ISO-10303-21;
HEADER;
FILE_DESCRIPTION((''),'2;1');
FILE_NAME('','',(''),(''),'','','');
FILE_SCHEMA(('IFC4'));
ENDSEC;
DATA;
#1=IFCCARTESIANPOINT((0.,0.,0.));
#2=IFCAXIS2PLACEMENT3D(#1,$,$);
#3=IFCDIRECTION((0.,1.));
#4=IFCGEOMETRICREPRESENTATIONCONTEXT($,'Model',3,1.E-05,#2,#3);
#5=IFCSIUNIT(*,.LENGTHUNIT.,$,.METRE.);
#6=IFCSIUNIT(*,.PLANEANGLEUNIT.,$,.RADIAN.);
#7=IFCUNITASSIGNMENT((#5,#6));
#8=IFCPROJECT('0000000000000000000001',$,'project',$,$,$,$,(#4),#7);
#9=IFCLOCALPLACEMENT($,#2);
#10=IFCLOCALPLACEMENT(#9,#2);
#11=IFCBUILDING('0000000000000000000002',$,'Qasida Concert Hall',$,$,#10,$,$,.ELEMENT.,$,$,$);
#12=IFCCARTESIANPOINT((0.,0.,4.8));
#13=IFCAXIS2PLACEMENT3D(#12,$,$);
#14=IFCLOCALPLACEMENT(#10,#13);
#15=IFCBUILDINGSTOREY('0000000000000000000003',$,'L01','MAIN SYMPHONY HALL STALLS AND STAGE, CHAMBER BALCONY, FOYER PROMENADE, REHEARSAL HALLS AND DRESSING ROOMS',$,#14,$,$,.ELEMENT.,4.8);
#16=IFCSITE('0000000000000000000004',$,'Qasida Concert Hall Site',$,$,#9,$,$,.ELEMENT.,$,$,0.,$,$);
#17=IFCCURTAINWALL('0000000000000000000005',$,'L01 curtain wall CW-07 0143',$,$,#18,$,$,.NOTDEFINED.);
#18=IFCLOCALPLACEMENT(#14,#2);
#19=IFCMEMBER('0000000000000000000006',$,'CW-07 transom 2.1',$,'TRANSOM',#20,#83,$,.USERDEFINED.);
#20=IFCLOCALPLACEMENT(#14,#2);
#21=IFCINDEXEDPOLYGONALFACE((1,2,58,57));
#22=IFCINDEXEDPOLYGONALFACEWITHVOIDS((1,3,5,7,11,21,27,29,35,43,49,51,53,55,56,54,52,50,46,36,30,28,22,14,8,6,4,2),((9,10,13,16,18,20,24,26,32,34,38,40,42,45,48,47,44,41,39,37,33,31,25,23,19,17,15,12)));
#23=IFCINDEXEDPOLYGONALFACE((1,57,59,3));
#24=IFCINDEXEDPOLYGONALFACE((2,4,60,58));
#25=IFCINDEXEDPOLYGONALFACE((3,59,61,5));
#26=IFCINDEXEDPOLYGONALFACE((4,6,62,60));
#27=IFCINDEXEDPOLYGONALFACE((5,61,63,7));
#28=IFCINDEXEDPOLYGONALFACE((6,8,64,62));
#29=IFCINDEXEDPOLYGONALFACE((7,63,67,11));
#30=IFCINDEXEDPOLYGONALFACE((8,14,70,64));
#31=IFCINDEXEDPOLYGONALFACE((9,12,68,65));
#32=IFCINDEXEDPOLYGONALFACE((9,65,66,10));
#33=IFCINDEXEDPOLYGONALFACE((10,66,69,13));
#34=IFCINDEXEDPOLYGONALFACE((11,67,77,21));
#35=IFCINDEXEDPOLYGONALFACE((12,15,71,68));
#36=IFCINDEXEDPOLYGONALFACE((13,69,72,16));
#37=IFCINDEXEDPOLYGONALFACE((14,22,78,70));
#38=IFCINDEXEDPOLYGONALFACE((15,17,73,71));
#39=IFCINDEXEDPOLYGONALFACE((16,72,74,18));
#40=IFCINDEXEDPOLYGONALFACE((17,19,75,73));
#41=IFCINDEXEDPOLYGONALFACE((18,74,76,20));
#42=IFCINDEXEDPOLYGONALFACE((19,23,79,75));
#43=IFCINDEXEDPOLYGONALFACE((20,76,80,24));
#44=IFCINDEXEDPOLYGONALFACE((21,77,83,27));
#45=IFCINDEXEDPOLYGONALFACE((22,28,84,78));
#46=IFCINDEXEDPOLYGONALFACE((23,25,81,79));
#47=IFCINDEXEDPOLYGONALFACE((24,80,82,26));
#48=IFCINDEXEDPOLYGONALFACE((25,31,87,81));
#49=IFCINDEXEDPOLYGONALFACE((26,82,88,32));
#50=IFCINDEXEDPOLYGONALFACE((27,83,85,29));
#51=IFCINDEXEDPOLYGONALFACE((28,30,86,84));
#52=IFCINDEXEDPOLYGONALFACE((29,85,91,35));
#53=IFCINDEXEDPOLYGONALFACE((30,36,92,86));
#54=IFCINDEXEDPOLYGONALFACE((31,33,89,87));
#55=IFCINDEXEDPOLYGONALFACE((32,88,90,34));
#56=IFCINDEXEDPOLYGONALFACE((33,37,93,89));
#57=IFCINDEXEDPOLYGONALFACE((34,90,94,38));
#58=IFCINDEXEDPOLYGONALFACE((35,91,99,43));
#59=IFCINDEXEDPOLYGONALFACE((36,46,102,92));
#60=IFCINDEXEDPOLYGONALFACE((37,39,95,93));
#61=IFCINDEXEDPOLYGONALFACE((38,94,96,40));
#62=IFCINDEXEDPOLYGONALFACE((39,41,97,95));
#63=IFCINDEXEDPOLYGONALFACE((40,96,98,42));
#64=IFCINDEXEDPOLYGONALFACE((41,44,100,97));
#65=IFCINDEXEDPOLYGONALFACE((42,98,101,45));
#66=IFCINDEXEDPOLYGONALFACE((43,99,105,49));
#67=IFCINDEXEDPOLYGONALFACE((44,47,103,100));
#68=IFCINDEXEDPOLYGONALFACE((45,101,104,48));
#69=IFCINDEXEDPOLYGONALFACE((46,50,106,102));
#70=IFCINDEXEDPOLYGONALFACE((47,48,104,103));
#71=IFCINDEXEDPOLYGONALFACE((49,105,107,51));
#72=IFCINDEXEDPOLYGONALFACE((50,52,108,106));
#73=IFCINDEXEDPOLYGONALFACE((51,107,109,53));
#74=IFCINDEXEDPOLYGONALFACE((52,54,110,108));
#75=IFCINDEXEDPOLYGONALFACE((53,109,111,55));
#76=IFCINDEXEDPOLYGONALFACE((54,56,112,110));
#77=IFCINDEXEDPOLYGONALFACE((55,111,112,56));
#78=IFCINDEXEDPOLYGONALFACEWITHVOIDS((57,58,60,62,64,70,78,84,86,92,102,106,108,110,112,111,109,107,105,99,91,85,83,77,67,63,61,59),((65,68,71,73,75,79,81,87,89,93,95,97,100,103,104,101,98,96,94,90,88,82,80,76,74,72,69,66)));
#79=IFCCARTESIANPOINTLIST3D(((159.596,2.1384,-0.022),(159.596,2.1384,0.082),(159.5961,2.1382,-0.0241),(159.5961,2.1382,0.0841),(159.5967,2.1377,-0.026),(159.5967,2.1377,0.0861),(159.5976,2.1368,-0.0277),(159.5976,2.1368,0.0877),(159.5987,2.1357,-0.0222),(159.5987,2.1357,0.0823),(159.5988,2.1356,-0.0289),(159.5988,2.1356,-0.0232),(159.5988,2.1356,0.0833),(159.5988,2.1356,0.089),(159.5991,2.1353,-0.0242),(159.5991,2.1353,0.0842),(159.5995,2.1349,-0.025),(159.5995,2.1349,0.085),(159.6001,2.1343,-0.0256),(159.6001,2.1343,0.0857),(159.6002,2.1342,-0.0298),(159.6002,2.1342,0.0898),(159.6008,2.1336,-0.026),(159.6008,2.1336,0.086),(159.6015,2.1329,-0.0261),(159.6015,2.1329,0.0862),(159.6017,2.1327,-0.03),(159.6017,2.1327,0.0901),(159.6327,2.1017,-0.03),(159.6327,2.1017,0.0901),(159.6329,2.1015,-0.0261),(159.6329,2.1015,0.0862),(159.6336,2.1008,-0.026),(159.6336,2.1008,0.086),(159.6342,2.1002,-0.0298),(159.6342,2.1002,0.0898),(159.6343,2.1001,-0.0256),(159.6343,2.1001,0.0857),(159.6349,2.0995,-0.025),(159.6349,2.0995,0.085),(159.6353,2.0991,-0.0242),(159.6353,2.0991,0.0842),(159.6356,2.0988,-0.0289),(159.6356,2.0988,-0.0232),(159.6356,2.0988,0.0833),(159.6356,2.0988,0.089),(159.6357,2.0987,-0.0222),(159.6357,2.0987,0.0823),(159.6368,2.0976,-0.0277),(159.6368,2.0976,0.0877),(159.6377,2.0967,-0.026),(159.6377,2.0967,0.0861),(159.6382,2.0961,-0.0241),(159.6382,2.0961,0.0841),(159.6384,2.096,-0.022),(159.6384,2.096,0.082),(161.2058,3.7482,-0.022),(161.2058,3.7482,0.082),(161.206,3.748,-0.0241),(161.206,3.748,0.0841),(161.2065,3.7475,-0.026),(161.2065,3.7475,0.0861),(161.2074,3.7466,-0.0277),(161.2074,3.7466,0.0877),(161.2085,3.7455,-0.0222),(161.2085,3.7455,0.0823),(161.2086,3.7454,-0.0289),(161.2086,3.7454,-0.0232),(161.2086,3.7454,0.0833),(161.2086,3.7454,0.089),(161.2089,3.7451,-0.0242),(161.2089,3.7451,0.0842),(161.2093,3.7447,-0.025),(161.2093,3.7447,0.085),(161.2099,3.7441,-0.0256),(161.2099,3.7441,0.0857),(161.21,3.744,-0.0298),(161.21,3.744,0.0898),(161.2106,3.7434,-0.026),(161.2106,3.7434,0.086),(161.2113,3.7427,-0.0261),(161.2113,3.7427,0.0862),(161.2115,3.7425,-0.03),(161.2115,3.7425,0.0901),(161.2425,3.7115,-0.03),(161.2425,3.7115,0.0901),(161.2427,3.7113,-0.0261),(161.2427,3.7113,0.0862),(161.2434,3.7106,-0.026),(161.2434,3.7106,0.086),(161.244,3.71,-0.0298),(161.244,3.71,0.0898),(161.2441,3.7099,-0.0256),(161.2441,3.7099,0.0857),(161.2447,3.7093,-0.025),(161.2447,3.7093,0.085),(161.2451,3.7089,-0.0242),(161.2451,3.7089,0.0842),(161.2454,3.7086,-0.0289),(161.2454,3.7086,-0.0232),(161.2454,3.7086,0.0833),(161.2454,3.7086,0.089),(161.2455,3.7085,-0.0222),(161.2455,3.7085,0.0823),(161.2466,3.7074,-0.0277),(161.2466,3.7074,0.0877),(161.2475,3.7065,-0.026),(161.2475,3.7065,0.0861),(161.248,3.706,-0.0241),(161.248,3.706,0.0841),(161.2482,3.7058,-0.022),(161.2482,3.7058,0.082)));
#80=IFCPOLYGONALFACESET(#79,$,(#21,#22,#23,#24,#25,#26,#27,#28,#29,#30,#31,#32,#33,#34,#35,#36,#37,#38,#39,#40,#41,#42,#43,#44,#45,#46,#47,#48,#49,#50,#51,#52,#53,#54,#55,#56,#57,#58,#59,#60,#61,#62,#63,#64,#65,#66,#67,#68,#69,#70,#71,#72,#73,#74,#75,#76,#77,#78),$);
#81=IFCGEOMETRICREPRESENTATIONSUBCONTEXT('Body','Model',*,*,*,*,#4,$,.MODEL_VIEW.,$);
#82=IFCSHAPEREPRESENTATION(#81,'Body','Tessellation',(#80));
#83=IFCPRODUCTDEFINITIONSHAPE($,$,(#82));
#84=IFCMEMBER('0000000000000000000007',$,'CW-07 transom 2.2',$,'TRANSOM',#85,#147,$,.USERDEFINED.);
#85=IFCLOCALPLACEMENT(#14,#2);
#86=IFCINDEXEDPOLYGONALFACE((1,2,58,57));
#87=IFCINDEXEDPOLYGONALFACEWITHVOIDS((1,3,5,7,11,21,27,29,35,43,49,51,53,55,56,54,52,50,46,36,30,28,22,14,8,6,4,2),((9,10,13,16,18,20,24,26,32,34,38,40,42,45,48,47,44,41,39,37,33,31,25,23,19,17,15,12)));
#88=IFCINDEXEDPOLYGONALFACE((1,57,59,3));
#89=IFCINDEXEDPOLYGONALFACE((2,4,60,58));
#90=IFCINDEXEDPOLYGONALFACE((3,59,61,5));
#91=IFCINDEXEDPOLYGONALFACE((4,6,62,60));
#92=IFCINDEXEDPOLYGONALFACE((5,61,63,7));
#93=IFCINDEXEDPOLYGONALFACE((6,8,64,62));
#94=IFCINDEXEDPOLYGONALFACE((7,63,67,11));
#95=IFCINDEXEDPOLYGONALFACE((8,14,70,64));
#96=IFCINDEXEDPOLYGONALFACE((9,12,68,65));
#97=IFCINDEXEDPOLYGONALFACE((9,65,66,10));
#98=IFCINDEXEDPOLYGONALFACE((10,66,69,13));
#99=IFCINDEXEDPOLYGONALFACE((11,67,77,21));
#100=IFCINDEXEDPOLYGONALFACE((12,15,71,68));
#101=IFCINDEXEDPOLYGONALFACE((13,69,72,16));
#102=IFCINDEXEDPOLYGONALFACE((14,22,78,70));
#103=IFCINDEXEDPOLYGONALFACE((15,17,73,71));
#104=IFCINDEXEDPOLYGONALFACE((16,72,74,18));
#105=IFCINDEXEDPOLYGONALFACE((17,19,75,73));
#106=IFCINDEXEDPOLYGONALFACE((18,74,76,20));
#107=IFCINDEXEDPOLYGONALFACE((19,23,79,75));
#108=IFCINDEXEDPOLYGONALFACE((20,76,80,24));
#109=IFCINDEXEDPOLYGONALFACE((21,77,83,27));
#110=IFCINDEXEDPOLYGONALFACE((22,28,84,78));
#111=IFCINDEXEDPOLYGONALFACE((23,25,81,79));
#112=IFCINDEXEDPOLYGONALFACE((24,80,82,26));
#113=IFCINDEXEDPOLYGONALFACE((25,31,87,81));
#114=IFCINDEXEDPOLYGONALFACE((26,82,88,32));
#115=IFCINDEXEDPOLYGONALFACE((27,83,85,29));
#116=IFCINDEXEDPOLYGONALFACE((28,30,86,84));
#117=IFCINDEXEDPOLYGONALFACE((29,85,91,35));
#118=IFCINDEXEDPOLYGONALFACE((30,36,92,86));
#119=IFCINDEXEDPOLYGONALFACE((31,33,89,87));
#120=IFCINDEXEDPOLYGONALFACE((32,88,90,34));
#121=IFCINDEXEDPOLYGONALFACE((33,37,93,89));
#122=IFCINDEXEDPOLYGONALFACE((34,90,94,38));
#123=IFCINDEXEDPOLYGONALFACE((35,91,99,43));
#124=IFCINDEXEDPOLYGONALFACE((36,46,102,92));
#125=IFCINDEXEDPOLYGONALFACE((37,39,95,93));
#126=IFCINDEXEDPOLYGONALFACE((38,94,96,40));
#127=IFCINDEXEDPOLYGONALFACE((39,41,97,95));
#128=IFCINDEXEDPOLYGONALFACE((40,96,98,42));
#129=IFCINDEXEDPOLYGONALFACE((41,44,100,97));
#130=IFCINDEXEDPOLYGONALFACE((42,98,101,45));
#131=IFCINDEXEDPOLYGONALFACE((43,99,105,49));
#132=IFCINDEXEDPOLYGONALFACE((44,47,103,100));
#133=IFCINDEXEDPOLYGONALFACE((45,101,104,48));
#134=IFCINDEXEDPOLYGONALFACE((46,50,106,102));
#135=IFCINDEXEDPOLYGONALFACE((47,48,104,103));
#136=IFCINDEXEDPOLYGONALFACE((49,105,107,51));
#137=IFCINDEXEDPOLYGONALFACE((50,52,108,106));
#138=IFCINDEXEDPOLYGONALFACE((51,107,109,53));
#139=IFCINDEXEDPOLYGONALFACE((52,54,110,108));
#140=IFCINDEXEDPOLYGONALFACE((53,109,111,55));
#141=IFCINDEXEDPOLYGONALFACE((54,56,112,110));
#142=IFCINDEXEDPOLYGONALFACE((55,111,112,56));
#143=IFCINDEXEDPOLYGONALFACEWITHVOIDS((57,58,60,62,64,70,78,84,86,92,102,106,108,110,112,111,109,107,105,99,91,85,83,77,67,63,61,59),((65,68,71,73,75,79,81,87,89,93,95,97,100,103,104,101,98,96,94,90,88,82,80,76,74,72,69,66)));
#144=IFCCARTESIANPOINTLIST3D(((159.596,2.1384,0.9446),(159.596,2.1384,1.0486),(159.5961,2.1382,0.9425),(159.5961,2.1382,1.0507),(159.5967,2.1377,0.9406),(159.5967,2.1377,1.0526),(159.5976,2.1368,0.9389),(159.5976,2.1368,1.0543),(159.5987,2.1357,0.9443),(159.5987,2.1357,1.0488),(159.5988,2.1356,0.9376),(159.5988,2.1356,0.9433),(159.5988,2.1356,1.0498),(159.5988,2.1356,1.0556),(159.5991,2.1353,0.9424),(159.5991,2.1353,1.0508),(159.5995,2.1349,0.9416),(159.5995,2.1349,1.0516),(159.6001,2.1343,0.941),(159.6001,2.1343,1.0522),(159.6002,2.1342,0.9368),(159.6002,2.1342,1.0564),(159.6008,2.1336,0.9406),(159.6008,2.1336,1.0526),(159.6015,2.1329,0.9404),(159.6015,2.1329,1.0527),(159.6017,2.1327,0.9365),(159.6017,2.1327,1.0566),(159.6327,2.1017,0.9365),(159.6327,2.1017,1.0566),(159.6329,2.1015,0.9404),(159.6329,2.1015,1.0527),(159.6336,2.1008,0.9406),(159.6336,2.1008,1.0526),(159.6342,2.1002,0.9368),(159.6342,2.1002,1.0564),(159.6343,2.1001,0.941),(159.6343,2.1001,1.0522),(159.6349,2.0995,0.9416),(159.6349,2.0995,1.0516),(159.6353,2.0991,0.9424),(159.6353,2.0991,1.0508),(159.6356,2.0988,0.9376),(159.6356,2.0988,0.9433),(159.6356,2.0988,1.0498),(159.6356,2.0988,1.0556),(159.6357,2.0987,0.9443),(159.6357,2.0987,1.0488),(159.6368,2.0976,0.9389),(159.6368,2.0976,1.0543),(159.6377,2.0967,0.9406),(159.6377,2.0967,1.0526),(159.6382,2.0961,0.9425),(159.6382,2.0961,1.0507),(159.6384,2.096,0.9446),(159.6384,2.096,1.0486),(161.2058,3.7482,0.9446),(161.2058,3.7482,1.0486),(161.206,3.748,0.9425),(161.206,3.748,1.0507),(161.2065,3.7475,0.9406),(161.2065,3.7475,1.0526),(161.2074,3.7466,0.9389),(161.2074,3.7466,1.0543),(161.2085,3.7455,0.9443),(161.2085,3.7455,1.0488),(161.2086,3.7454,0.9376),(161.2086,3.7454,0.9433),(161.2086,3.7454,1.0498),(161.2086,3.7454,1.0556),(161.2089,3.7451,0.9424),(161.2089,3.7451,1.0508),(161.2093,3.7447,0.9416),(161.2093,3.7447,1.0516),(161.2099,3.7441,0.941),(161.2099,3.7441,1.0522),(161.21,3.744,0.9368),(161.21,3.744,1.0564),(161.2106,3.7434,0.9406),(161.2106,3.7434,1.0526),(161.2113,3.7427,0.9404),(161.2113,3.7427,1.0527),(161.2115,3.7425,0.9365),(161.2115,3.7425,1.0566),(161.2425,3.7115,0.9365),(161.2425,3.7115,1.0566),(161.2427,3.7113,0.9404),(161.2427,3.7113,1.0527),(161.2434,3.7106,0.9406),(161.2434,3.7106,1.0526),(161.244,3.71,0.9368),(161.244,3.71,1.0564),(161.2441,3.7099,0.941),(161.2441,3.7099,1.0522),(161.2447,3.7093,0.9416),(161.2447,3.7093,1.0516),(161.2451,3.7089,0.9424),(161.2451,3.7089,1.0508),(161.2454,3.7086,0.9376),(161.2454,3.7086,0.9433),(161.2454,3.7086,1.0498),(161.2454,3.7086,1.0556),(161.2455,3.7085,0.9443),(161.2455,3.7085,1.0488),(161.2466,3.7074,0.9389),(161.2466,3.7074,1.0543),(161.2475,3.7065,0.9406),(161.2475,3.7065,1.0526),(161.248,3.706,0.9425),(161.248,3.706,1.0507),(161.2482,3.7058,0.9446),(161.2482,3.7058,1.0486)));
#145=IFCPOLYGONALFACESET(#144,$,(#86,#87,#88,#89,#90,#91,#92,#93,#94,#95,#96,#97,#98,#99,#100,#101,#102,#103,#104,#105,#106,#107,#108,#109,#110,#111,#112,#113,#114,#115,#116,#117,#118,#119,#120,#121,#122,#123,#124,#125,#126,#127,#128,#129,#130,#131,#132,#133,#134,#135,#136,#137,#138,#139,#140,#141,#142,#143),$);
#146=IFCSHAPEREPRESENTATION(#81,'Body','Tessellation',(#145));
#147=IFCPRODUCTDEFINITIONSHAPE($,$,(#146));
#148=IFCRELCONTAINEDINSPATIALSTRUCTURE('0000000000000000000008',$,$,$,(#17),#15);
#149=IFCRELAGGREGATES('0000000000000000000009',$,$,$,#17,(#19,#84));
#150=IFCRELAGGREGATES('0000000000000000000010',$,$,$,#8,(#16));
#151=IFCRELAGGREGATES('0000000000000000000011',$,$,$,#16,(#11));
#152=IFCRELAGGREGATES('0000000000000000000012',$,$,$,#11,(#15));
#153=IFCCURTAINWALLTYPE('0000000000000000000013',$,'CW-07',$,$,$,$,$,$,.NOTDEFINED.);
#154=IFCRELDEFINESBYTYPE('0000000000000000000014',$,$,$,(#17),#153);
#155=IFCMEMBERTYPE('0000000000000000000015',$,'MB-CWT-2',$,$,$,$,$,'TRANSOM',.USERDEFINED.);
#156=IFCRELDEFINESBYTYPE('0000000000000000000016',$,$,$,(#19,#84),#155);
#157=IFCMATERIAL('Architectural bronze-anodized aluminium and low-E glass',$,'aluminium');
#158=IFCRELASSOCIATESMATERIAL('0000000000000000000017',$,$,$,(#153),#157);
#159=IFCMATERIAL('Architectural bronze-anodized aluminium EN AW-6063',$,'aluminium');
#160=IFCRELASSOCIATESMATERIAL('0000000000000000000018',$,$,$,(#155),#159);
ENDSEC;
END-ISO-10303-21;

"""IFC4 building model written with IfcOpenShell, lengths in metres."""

from ifc_helpers import new_model, si_unit, direction, frame, origin, origin_2d, place, context, subcontext, project, spatial, hollow_rectangle, extrude, material, material_profile, profile_set, type_object, element, aggregate, save


model = new_model("IFC4")

# Units and contexts
model_context = context("Model", 3, precision=1e-05, world=origin(), true_north=direction((0.0, 1.0)))
body_context = subcontext(model_context, "Body", "Model", "MODEL_VIEW")
ifc_project = project(units=[si_unit("LENGTHUNIT", "METRE"), si_unit("PLANEANGLEUNIT", "RADIAN")], contexts=[model_context])

# Site, building, storey
site_placement = place(None, origin())
site = spatial("IfcSite", under=ifc_project, at=site_placement, Name="Qasida Concert Hall Site", CompositionType="ELEMENT", RefElevation=0.0)
building_placement = place(site_placement, origin())
building = spatial("IfcBuilding", under=site, at=building_placement, Name="Qasida Concert Hall", CompositionType="ELEMENT")
storey_placement = place(building_placement, frame((0.0, 0.0, 4.8)))
storey = spatial("IfcBuildingStorey", under=building, at=storey_placement, Name="L01", Description="MAIN SYMPHONY HALL STALLS AND STAGE, CHAMBER BALCONY, FOYER PROMENADE, REHEARSAL HALLS AND DRESSING ROOMS", CompositionType="ELEMENT", Elevation=4.8)

# Curtain wall, members
ifc_material_1 = material(Name="Architectural bronze-anodized aluminium and low-E glass", Category="aluminium")
curtain_wall_type = type_object("IfcCurtainWallType", Name="CW-07", PredefinedType="NOTDEFINED", material=ifc_material_1)
curtain_wall_placement = place(storey_placement, origin())
curtain_wall = element("IfcCurtainWall", 1, at=curtain_wall_placement, inside=storey, type_object=curtain_wall_type, Name="L01 curtain wall CW-07 0143", PredefinedType="NOTDEFINED")
ifc_material_2 = material(Name="Architectural bronze-anodized aluminium EN AW-6063", Category="aluminium")
ifc_material_profile_1 = material_profile(ifc_material_2, hollow_rectangle(XDim=0.0601, YDim=0.1201, WallThickness=0.0039, InnerFilletRadius=0.0039, OuterFilletRadius=0.0081, at=origin_2d()), Name="CWT 120x60x4")
ifc_profile_set_1 = profile_set([ifc_material_profile_1], Name="Architectural bronze-anodized aluminium EN AW-6063")
member_type_1 = type_object("IfcMemberType", Name="MB-CWT-2", ElementType="TRANSOM", PredefinedType="USERDEFINED", material=ifc_profile_set_1)
member_1_placement = place(storey_placement, frame((159.6172, 2.1172, 0.03), z_axis=(0.707107, 0.707107, 0.0), x_axis=(-0.707107, 0.707107, 0.0)))
member_1 = element("IfcMember", 2, at=member_1_placement, type_object=member_type_1, Name="CW-07 transom 2.1", ObjectType="TRANSOM", PredefinedType="USERDEFINED", context=body_context, shape_type="SweptSolid", body=[
    extrude(hollow_rectangle(XDim=0.0601, YDim=0.1201, WallThickness=0.0039, InnerFilletRadius=0.0039, OuterFilletRadius=0.0081, at=origin_2d()), origin(), (0.0, 0.0, 1.0), 2.2766),
])
member_2_placement = place(storey_placement, frame((159.6172, 2.1172, 0.9966), z_axis=(0.707107, 0.707107, 0.0), x_axis=(-0.707107, 0.707107, 0.0)))
member_2 = element("IfcMember", 3, at=member_2_placement, type_object=member_type_1, Name="CW-07 transom 2.2", ObjectType="TRANSOM", PredefinedType="USERDEFINED", context=body_context, shape_type="SweptSolid", body=[
    extrude(hollow_rectangle(XDim=0.0601, YDim=0.1201, WallThickness=0.0039, InnerFilletRadius=0.0039, OuterFilletRadius=0.0081, at=origin_2d()), origin(), (0.0, 0.0, 1.0), 2.2766),
])
aggregate(curtain_wall, [member_1, member_2])

save(model, "model.ifc")
